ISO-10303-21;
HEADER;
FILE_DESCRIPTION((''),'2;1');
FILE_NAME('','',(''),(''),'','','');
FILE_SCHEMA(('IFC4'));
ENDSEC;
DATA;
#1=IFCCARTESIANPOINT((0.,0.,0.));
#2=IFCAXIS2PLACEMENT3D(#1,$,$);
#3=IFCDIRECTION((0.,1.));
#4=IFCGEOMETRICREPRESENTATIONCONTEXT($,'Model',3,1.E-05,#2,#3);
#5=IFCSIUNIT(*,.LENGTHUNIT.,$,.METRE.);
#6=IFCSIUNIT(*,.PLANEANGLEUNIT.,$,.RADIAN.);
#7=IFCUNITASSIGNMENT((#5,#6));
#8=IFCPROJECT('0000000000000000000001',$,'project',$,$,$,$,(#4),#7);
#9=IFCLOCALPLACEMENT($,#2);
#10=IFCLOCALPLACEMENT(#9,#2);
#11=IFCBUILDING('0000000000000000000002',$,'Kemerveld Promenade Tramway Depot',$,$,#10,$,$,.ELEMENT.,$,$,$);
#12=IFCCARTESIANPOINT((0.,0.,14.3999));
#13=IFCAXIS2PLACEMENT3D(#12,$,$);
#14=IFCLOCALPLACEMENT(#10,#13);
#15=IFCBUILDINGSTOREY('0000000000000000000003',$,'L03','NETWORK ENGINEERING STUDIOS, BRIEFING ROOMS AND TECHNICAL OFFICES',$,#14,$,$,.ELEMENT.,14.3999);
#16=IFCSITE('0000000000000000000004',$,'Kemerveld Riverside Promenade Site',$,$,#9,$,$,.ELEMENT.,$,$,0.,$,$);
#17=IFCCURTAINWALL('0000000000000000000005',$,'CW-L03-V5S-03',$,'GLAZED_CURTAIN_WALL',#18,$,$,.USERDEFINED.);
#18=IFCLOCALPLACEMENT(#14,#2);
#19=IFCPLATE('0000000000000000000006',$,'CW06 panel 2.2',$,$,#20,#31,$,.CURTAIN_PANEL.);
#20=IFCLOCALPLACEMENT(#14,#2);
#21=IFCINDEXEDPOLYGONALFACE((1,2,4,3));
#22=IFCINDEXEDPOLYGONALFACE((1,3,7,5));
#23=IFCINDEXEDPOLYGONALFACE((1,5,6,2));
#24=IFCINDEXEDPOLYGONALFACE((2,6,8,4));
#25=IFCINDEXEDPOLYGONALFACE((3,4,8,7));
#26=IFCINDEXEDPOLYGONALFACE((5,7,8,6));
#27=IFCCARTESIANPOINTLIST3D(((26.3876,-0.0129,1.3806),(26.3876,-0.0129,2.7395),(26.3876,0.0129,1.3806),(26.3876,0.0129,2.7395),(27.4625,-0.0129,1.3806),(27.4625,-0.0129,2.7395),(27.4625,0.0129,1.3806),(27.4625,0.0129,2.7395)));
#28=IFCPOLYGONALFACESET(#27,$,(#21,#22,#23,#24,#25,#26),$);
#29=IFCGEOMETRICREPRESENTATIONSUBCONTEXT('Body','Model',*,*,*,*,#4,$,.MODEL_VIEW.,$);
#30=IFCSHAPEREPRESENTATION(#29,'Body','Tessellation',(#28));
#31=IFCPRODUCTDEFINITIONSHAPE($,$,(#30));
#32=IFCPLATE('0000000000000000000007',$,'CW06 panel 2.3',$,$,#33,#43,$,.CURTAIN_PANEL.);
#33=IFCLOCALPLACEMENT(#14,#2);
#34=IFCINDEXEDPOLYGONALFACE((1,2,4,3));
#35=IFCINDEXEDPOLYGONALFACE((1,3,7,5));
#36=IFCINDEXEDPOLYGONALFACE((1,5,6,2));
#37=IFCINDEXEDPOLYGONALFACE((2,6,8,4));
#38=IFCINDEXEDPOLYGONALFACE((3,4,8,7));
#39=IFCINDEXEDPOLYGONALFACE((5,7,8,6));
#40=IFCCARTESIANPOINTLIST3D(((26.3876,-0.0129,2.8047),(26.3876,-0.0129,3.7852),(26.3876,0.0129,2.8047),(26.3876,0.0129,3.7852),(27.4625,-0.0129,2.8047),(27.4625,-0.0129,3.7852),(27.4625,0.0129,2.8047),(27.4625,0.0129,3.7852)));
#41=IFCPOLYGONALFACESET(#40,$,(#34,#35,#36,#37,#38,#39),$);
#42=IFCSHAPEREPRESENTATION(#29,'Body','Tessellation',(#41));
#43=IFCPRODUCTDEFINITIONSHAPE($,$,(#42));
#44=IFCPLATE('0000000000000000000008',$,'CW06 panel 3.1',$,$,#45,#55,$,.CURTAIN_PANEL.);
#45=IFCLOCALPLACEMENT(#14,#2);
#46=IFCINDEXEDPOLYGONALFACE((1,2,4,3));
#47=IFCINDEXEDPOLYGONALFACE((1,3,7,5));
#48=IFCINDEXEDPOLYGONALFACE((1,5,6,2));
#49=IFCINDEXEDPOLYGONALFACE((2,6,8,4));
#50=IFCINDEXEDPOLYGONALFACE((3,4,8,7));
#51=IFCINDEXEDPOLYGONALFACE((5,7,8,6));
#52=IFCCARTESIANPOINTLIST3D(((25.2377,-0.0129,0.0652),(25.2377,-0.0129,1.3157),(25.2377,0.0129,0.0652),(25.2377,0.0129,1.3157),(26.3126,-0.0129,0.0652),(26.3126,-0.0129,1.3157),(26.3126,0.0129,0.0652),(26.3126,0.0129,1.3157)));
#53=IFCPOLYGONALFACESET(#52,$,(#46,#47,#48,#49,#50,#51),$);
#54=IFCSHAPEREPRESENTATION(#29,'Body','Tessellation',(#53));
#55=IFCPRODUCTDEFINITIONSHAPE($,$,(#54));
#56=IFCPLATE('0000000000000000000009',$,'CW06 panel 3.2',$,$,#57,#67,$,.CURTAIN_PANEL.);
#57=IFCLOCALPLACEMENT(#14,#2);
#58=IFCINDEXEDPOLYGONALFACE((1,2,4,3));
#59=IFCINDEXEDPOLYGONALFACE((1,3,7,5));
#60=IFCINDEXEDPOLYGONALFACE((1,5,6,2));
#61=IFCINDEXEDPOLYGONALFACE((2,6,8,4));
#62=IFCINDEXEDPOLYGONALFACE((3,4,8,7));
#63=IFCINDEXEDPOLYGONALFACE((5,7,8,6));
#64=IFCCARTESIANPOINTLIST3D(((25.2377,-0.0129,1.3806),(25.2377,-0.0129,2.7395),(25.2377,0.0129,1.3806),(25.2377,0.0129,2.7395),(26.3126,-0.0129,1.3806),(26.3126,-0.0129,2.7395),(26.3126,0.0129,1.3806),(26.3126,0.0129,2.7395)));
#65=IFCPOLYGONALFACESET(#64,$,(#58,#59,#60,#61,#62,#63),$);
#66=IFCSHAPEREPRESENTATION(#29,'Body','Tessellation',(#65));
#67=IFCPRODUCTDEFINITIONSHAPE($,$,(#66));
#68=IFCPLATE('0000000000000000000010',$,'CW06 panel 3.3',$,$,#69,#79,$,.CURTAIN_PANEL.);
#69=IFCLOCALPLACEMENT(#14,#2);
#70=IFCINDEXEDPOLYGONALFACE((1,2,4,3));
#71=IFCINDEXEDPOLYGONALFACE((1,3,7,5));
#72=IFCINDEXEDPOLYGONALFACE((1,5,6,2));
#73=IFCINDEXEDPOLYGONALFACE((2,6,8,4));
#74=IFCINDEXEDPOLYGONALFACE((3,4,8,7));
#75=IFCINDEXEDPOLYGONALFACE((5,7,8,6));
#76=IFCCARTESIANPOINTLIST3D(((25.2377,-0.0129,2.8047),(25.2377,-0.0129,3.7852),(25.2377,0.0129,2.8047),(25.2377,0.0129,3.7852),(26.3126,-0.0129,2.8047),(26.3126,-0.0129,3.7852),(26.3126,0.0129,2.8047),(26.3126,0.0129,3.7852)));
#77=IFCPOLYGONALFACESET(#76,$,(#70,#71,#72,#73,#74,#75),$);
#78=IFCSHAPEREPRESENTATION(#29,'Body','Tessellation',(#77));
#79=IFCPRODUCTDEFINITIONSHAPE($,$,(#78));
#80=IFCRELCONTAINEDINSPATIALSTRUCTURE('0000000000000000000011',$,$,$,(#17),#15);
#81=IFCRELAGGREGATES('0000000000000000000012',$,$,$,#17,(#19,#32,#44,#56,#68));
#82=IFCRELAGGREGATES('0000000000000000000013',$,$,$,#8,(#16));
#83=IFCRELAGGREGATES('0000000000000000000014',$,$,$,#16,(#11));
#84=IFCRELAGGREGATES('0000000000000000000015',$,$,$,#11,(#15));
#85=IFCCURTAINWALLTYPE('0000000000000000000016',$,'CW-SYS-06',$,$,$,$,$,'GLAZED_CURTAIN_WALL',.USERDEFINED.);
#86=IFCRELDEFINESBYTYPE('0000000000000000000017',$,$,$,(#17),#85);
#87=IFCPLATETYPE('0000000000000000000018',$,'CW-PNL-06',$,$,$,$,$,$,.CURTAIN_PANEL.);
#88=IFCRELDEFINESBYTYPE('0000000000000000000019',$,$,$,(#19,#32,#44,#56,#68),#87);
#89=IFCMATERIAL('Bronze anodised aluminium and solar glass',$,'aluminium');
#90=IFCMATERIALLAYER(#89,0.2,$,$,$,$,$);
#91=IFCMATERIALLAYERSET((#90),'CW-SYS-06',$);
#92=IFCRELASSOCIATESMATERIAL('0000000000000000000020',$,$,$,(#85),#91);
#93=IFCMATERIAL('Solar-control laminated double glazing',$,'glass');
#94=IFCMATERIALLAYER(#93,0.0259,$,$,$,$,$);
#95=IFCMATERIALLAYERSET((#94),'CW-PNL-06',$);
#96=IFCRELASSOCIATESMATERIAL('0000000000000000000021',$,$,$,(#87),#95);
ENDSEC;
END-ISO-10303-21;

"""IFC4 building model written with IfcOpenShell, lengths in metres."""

from ifc_helpers import new_model, si_unit, direction, frame, origin, origin_2d, place, context, subcontext, project, spatial, rectangle, extrude, material, layer, layer_set, type_object, element, aggregate, save


model = new_model("IFC4")

# Units and contexts
model_context = context("Model", 3, precision=1e-05, world=origin(), true_north=direction((0.0, 1.0)))
body_context = subcontext(model_context, "Body", "Model", "MODEL_VIEW")
ifc_project = project(units=[si_unit("LENGTHUNIT", "METRE"), si_unit("PLANEANGLEUNIT", "RADIAN")], contexts=[model_context])

# Site, building, storey
site_placement = place(None, origin())
site = spatial("IfcSite", under=ifc_project, at=site_placement, Name="Kemerveld Riverside Promenade Site", CompositionType="ELEMENT", RefElevation=0.0)
building_placement = place(site_placement, origin())
building = spatial("IfcBuilding", under=site, at=building_placement, Name="Kemerveld Promenade Tramway Depot", CompositionType="ELEMENT")
storey_placement = place(building_placement, frame((0.0, 0.0, 14.3999)))
storey = spatial("IfcBuildingStorey", under=building, at=storey_placement, Name="L03", Description="NETWORK ENGINEERING STUDIOS, BRIEFING ROOMS AND TECHNICAL OFFICES", CompositionType="ELEMENT", Elevation=14.3999)

# Curtain wall, plates
ifc_material_1 = material(Name="Bronze anodised aluminium and solar glass", Category="aluminium")
ifc_layer_1 = layer(ifc_material_1, 0.2)
ifc_layer_set_1 = layer_set([ifc_layer_1], Name="CW-SYS-06")
curtain_wall_type = type_object("IfcCurtainWallType", Name="CW-SYS-06", ElementType="GLAZED_CURTAIN_WALL", PredefinedType="USERDEFINED", material=ifc_layer_set_1)
curtain_wall_placement = place(storey_placement, origin())
curtain_wall = element("IfcCurtainWall", 1, at=curtain_wall_placement, inside=storey, type_object=curtain_wall_type, Name="CW-L03-V5S-03", ObjectType="GLAZED_CURTAIN_WALL", PredefinedType="USERDEFINED")
ifc_material_2 = material(Name="Solar-control laminated double glazing", Category="glass")
ifc_layer_2 = layer(ifc_material_2, 0.0259)
ifc_layer_set_2 = layer_set([ifc_layer_2], Name="CW-PNL-06")
plate_type = type_object("IfcPlateType", Name="CW-PNL-06", PredefinedType="CURTAIN_PANEL", material=ifc_layer_set_2)
plate_1_placement = place(storey_placement, frame((26.925, 0.0, 1.3806), z_axis=(0.0, 0.0, 1.0), x_axis=(-1.0, 0.0, 0.0)))
plate_1 = element("IfcPlate", 2, at=plate_1_placement, type_object=plate_type, Name="CW06 panel 2.2", PredefinedType="CURTAIN_PANEL", context=body_context, shape_type="SweptSolid", body=[
    extrude(rectangle(XDim=1.075, YDim=0.0259, at=origin_2d()), origin(), (0.0, 0.0, 1.0), 1.3589),
])
plate_2_placement = place(storey_placement, frame((26.925, 0.0, 2.8047), z_axis=(0.0, 0.0, 1.0), x_axis=(-1.0, 0.0, 0.0)))
plate_2 = element("IfcPlate", 3, at=plate_2_placement, type_object=plate_type, Name="CW06 panel 2.3", PredefinedType="CURTAIN_PANEL", context=body_context, shape_type="SweptSolid", body=[
    extrude(rectangle(XDim=1.075, YDim=0.0259, at=origin_2d()), origin(), (0.0, 0.0, 1.0), 0.9805),
])
plate_3_placement = place(storey_placement, frame((25.7751, 0.0, 0.0652), z_axis=(0.0, 0.0, 1.0), x_axis=(-1.0, 0.0, 0.0)))
plate_3 = element("IfcPlate", 4, at=plate_3_placement, type_object=plate_type, Name="CW06 panel 3.1", PredefinedType="CURTAIN_PANEL", context=body_context, shape_type="SweptSolid", body=[
    extrude(rectangle(XDim=1.075, YDim=0.0259, at=origin_2d()), origin(), (0.0, 0.0, 1.0), 1.2505),
])
plate_4_placement = place(storey_placement, frame((25.7751, 0.0, 1.3806), z_axis=(0.0, 0.0, 1.0), x_axis=(-1.0, 0.0, 0.0)))
plate_4 = element("IfcPlate", 5, at=plate_4_placement, type_object=plate_type, Name="CW06 panel 3.2", PredefinedType="CURTAIN_PANEL", context=body_context, shape_type="SweptSolid", body=[
    extrude(rectangle(XDim=1.075, YDim=0.0259, at=origin_2d()), origin(), (0.0, 0.0, 1.0), 1.3589),
])
plate_5_placement = place(storey_placement, frame((25.7751, 0.0, 2.8047), z_axis=(0.0, 0.0, 1.0), x_axis=(-1.0, 0.0, 0.0)))
plate_5 = element("IfcPlate", 6, at=plate_5_placement, type_object=plate_type, Name="CW06 panel 3.3", PredefinedType="CURTAIN_PANEL", context=body_context, shape_type="SweptSolid", body=[
    extrude(rectangle(XDim=1.075, YDim=0.0259, at=origin_2d()), origin(), (0.0, 0.0, 1.0), 0.9805),
])
aggregate(curtain_wall, [plate_1, plate_2, plate_3, plate_4, plate_5])

save(model, "model.ifc")
